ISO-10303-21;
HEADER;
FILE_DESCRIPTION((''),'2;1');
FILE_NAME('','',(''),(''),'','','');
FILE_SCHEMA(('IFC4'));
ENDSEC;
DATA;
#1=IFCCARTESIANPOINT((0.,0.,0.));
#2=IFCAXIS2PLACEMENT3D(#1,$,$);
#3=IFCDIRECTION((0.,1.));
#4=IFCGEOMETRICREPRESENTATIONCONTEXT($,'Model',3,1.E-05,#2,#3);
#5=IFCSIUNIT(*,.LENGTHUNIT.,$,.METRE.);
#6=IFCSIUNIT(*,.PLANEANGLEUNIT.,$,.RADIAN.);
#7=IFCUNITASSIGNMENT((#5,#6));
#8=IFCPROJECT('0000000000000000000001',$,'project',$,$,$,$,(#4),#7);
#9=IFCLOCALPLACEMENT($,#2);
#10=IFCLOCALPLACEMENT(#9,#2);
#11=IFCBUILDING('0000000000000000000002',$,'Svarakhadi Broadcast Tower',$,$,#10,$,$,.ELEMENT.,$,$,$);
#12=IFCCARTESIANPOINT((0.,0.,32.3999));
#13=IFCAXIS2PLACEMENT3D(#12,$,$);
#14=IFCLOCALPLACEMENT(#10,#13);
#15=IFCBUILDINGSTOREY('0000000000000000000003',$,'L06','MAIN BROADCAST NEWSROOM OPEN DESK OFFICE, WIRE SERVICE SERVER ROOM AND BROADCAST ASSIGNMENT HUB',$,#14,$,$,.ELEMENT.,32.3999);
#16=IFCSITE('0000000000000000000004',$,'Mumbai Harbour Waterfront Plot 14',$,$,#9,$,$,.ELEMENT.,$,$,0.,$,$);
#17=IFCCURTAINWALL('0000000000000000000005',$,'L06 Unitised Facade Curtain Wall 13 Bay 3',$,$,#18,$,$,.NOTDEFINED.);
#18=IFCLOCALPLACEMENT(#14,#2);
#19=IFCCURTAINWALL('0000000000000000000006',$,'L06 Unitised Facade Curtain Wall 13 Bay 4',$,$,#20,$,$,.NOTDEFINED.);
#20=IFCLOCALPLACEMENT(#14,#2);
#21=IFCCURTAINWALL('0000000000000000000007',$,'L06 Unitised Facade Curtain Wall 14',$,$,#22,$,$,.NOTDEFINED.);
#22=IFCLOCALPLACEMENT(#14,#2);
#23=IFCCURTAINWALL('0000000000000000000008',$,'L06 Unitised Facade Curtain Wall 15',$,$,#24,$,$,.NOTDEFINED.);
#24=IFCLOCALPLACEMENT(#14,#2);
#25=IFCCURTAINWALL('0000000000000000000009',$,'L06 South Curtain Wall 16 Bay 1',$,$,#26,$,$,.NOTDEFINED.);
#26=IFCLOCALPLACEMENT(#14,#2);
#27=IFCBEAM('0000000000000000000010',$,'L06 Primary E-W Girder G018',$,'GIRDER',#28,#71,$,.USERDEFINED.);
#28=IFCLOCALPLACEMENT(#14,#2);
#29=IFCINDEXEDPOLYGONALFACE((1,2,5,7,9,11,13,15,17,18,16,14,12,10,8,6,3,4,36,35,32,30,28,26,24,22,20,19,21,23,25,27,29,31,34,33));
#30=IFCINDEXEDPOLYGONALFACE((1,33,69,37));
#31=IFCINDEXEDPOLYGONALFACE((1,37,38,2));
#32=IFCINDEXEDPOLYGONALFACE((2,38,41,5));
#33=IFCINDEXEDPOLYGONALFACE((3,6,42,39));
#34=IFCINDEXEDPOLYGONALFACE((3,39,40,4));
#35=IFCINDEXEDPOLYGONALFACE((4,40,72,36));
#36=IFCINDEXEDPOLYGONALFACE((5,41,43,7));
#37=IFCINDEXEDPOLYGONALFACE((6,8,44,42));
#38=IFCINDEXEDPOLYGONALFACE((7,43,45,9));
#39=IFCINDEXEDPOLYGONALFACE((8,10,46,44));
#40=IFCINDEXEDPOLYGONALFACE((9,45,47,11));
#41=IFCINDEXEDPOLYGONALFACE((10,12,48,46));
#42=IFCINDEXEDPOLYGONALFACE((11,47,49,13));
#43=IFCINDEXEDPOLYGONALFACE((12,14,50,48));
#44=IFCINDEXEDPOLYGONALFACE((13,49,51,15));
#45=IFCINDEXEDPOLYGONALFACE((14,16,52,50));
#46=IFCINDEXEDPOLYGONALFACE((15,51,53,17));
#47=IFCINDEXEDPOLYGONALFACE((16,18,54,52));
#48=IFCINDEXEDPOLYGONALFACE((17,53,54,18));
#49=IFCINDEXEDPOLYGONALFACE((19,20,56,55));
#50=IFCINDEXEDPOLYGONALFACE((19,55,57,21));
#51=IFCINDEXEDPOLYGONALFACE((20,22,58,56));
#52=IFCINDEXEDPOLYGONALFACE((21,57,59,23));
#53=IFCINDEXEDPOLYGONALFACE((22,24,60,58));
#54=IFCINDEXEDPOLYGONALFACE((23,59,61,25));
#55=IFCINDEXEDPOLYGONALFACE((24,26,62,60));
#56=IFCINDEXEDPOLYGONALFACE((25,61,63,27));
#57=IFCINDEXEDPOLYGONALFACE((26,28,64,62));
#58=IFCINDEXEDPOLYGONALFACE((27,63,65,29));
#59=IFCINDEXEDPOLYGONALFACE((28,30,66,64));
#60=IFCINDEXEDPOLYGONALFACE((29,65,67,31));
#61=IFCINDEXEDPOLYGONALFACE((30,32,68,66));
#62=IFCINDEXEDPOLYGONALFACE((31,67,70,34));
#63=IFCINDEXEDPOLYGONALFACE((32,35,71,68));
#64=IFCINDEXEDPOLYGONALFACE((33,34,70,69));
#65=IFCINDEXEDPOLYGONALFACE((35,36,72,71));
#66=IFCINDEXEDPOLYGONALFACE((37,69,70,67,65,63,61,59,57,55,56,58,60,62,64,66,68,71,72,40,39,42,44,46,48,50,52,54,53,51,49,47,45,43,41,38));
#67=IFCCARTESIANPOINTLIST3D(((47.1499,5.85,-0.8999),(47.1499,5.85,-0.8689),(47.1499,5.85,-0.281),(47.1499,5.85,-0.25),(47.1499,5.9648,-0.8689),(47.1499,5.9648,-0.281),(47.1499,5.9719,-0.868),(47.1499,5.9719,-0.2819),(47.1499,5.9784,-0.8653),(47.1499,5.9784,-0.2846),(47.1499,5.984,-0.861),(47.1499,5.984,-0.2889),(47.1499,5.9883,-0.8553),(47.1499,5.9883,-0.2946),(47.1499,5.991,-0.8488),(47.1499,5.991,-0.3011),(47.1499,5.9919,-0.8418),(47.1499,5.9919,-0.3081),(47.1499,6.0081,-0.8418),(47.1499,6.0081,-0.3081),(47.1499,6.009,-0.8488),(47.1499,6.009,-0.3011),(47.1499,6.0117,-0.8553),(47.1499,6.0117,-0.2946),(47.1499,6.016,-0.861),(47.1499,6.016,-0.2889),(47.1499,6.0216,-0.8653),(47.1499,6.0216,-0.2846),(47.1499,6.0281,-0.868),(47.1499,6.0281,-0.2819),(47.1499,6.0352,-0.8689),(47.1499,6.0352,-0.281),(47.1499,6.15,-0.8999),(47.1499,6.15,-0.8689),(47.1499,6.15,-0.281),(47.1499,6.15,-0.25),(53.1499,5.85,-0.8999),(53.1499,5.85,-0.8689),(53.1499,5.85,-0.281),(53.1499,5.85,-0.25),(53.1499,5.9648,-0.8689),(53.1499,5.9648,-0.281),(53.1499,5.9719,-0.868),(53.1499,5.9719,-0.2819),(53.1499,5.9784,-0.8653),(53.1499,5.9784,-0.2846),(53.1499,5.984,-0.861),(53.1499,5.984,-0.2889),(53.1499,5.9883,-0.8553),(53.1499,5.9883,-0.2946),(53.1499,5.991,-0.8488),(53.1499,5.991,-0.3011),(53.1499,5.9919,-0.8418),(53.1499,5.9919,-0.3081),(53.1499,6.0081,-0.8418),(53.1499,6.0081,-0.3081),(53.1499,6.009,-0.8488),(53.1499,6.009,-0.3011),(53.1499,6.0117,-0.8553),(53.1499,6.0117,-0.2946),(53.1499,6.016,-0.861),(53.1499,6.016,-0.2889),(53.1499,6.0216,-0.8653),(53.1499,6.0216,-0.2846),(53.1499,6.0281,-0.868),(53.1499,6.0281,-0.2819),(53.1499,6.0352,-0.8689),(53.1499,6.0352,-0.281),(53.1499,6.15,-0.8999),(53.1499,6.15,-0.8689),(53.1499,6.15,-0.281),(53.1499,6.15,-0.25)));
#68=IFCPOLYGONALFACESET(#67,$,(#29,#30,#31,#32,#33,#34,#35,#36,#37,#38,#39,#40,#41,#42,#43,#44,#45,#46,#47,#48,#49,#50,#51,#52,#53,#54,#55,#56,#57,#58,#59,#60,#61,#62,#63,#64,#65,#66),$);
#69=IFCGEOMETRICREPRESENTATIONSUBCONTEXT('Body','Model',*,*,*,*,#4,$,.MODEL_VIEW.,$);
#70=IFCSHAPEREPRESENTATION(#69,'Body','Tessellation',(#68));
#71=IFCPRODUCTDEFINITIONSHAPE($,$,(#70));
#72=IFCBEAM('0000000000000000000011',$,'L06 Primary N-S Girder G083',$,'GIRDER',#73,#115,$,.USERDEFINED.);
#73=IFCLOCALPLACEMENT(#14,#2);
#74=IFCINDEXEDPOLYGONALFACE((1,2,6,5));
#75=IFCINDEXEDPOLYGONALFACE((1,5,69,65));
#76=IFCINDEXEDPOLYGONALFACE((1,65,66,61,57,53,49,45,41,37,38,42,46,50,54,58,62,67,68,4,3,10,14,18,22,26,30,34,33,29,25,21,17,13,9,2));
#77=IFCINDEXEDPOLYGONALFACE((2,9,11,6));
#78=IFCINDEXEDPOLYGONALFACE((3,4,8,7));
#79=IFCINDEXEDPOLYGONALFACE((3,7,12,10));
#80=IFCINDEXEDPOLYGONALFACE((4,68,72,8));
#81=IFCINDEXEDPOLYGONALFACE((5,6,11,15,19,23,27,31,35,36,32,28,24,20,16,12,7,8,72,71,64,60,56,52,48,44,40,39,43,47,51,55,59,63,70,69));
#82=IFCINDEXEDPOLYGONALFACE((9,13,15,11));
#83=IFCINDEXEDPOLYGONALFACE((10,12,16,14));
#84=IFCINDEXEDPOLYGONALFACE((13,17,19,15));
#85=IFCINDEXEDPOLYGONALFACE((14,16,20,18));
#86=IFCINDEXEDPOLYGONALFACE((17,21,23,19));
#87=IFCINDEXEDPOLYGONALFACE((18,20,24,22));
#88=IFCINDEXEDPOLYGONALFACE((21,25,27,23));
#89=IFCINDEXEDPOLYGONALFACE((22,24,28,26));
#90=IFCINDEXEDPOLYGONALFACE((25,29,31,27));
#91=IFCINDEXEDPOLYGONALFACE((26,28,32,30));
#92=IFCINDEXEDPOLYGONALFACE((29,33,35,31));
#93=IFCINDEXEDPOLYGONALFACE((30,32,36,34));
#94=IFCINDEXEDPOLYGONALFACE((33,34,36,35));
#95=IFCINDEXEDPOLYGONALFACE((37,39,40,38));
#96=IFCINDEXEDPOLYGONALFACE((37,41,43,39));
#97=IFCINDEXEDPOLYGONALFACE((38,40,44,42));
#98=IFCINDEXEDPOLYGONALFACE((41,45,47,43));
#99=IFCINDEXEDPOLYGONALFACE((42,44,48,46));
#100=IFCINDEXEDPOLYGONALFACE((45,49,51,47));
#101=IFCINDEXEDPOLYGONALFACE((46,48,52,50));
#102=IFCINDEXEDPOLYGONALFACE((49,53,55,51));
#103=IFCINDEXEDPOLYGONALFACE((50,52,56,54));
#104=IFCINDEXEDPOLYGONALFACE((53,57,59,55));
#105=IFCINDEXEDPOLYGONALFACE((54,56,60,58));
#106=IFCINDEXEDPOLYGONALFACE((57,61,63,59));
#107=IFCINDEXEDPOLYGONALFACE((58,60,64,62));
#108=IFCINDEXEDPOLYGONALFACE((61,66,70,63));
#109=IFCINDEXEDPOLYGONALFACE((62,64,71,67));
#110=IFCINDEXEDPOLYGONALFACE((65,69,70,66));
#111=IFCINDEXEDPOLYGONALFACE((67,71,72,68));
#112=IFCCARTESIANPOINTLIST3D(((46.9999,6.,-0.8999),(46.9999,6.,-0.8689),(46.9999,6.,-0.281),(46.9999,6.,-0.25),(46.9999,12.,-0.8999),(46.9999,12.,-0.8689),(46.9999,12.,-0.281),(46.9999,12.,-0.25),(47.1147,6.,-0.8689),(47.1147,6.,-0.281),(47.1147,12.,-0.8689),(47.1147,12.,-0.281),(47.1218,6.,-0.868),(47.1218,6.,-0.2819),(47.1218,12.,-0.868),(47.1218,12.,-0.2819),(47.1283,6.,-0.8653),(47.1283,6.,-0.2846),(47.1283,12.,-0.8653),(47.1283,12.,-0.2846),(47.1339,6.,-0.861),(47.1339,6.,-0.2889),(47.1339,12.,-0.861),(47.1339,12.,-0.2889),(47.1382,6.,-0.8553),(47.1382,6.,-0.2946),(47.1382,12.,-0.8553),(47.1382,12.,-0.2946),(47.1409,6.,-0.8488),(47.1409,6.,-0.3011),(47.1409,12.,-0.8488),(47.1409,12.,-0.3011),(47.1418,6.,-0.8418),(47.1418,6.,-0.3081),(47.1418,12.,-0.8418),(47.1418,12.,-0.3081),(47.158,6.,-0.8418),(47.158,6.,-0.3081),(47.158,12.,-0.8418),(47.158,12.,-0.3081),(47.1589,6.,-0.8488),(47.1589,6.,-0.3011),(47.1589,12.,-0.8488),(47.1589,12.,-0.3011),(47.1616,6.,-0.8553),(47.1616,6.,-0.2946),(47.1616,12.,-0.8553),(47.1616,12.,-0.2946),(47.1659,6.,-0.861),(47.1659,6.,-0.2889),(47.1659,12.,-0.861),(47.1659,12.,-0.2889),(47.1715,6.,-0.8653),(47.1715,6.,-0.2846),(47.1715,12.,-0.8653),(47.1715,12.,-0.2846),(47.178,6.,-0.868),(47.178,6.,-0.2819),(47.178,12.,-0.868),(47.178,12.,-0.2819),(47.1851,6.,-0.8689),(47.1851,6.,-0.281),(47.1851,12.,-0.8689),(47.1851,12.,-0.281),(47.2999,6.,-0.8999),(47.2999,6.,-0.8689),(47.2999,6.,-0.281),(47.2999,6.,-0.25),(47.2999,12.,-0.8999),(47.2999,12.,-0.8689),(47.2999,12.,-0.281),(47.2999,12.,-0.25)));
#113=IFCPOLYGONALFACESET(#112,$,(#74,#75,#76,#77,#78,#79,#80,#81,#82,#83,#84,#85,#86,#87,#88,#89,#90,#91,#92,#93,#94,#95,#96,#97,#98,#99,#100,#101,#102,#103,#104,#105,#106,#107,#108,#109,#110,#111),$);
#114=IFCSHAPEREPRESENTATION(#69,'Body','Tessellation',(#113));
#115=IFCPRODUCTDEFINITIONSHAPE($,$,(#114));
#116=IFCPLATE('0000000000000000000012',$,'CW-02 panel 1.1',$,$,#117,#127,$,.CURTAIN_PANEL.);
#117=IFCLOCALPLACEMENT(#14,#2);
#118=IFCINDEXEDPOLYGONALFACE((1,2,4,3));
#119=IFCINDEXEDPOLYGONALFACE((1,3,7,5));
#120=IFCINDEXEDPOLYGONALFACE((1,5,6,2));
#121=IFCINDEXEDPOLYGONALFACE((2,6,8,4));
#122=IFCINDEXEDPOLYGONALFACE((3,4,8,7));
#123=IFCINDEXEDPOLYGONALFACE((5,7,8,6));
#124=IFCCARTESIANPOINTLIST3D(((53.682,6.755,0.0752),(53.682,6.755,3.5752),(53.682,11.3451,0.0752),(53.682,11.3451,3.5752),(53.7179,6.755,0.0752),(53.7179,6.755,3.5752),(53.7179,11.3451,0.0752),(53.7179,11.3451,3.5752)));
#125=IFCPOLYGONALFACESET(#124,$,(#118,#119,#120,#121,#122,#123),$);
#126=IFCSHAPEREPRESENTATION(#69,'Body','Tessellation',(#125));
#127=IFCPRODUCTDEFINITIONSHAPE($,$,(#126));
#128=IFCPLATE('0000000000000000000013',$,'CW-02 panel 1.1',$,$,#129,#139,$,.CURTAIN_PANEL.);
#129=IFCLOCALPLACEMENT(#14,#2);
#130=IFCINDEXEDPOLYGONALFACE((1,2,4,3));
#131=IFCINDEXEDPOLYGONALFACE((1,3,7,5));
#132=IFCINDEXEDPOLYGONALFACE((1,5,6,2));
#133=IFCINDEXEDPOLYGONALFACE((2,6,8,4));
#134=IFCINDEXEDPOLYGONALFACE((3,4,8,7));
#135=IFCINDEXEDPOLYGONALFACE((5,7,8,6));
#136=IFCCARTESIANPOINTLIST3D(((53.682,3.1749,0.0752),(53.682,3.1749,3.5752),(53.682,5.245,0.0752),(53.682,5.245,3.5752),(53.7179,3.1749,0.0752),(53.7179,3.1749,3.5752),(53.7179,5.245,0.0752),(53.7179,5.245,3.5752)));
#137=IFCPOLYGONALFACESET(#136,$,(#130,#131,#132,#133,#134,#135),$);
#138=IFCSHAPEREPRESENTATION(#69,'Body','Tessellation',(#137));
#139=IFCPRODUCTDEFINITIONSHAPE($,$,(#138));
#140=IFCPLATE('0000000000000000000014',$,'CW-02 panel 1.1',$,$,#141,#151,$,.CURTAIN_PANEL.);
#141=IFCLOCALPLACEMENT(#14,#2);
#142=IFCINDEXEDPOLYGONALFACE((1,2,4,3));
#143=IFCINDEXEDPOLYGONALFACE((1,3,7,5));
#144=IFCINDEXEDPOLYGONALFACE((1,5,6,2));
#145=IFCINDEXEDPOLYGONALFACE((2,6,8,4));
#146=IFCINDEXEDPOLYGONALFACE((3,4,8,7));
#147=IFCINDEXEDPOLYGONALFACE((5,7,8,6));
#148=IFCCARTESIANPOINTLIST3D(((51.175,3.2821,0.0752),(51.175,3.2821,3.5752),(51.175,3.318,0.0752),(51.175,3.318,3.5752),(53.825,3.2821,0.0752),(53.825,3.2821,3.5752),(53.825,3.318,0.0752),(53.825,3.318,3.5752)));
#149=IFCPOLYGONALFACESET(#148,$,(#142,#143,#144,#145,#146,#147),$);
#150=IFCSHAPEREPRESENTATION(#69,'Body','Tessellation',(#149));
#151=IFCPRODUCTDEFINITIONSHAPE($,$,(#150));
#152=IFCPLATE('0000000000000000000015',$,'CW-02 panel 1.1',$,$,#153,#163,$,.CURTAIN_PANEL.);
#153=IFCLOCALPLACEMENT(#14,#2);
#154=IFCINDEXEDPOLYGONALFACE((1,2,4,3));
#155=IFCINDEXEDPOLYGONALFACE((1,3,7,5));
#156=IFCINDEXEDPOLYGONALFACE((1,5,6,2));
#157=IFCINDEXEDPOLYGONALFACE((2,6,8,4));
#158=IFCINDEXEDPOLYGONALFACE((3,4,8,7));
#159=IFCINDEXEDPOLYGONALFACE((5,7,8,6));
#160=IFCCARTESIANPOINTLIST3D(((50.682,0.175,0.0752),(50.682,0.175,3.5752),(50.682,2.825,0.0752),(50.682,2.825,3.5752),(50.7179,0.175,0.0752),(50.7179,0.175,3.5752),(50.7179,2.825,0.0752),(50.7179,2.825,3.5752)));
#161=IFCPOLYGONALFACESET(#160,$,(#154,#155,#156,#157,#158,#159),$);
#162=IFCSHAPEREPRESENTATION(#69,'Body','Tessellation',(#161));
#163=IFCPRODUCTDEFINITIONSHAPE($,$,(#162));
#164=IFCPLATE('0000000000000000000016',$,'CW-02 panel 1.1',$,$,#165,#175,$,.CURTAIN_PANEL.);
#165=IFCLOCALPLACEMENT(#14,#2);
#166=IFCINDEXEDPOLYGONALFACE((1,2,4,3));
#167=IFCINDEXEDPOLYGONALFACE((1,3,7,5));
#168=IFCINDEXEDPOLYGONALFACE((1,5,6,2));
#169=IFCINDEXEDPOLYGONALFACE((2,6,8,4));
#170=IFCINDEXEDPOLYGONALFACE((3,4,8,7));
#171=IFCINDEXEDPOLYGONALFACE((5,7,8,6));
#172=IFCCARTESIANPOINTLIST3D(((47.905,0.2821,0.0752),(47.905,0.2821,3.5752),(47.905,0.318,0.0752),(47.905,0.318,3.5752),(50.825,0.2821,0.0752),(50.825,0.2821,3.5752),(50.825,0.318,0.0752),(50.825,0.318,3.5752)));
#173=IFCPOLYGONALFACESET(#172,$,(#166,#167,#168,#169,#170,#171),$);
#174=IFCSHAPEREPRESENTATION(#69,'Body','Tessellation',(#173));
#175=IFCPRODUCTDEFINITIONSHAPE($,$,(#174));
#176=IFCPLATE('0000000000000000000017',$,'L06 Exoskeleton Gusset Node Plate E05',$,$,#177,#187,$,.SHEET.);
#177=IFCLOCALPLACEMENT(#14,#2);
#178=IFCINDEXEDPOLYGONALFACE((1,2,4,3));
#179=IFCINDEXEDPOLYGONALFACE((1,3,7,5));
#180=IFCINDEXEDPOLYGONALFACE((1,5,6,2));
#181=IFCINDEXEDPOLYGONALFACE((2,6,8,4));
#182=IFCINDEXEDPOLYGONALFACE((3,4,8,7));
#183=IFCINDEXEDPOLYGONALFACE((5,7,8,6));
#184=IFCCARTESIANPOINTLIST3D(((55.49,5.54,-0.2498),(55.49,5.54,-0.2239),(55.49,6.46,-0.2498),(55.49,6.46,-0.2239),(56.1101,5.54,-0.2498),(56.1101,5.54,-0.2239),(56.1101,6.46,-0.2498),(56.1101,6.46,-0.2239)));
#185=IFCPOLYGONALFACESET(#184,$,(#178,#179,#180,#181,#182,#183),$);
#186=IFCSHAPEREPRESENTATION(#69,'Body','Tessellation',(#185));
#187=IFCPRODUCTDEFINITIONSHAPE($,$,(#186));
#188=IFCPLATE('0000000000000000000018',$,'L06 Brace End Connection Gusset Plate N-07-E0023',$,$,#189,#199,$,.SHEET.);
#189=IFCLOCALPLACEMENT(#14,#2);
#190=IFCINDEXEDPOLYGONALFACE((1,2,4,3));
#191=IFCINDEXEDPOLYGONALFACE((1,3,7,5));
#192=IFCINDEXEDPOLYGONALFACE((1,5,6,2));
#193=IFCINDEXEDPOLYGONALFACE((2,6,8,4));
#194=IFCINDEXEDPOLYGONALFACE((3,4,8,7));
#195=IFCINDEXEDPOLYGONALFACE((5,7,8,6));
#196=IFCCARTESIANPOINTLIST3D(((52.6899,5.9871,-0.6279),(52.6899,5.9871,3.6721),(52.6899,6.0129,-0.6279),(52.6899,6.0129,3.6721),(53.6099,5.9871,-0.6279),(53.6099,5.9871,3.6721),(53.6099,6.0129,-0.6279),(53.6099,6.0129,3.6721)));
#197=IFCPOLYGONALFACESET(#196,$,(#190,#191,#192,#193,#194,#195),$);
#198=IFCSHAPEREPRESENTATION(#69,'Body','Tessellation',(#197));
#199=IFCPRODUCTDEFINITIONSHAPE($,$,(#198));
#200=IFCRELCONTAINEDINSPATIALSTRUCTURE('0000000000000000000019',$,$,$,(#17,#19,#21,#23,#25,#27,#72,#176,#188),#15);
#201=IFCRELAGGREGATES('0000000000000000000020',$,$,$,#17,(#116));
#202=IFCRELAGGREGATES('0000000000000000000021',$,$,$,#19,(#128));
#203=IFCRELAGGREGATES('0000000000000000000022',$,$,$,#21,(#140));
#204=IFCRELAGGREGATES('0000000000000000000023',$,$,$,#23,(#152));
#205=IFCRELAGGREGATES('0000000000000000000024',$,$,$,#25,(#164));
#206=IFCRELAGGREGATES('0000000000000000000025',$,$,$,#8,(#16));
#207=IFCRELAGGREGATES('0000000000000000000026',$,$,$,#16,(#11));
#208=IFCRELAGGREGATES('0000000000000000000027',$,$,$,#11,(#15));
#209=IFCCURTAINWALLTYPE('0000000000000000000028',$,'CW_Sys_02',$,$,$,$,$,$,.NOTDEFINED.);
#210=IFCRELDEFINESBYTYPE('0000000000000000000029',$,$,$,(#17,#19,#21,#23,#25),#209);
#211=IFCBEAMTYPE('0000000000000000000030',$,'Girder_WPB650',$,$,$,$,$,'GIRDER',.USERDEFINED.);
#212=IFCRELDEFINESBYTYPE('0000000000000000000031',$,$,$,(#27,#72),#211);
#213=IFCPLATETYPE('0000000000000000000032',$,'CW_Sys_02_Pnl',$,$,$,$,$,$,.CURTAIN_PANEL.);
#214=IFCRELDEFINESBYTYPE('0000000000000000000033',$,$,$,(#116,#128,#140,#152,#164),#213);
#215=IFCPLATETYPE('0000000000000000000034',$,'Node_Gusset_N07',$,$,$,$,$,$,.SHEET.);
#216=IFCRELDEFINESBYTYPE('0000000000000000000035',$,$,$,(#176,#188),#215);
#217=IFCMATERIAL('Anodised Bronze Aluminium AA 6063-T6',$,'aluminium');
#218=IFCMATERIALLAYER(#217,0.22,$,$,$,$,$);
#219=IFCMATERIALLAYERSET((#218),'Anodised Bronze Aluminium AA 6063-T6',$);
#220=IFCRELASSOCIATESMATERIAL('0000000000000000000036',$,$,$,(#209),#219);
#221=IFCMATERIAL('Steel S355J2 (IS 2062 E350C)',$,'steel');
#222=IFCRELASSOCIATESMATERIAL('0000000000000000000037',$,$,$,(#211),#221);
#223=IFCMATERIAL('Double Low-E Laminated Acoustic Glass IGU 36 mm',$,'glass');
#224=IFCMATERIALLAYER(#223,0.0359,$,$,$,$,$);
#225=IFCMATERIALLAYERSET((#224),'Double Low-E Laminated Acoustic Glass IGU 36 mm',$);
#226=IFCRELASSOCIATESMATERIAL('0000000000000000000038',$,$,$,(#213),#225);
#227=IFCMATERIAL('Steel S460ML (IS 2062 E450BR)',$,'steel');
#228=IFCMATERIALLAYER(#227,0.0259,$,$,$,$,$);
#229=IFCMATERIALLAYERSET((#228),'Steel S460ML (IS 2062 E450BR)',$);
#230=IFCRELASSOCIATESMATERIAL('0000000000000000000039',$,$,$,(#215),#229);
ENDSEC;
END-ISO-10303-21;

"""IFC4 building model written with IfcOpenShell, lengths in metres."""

from ifc_helpers import new_model, si_unit, direction, frame, origin, origin_2d, place, context, subcontext, project, spatial, rectangle, i_section, extrude, material, layer, layer_set, material_profile, profile_set, type_object, element, aggregate, save


model = new_model("IFC4")

# Units and contexts
model_context = context("Model", 3, precision=1e-05, world=origin(), true_north=direction((0.0, 1.0)))
body_context = subcontext(model_context, "Body", "Model", "MODEL_VIEW")
ifc_project = project(units=[si_unit("LENGTHUNIT", "METRE"), si_unit("PLANEANGLEUNIT", "RADIAN")], contexts=[model_context])

# Site, building, storey
site_placement = place(None, origin())
site = spatial("IfcSite", under=ifc_project, at=site_placement, Name="Mumbai Harbour Waterfront Plot 14", CompositionType="ELEMENT", RefElevation=0.0)
building_placement = place(site_placement, origin())
building = spatial("IfcBuilding", under=site, at=building_placement, Name="Svarakhadi Broadcast Tower", CompositionType="ELEMENT")
storey_placement = place(building_placement, frame((0.0, 0.0, 32.3999)))
storey = spatial("IfcBuildingStorey", under=building, at=storey_placement, Name="L06", Description="MAIN BROADCAST NEWSROOM OPEN DESK OFFICE, WIRE SERVICE SERVER ROOM AND BROADCAST ASSIGNMENT HUB", CompositionType="ELEMENT", Elevation=32.3999)

# Shared definitions
ifc_material_1 = material(Name="Steel S460ML (IS 2062 E450BR)", Category="steel")

# Curtain walls
ifc_material_2 = material(Name="Anodised Bronze Aluminium AA 6063-T6", Category="aluminium")
ifc_layer_1 = layer(ifc_material_2, 0.22)
ifc_layer_set_1 = layer_set([ifc_layer_1], Name="Anodised Bronze Aluminium AA 6063-T6")
curtain_wall_type = type_object("IfcCurtainWallType", Name="CW_Sys_02", PredefinedType="NOTDEFINED", material=ifc_layer_set_1)
curtain_wall_1_placement = place(storey_placement, origin())
curtain_wall_1 = element("IfcCurtainWall", 1, at=curtain_wall_1_placement, inside=storey, type_object=curtain_wall_type, Name="L06 Unitised Facade Curtain Wall 13 Bay 3", PredefinedType="NOTDEFINED")
curtain_wall_2_placement = place(storey_placement, origin())
curtain_wall_2 = element("IfcCurtainWall", 2, at=curtain_wall_2_placement, inside=storey, type_object=curtain_wall_type, Name="L06 Unitised Facade Curtain Wall 13 Bay 4", PredefinedType="NOTDEFINED")
curtain_wall_3_placement = place(storey_placement, origin())
curtain_wall_3 = element("IfcCurtainWall", 3, at=curtain_wall_3_placement, inside=storey, type_object=curtain_wall_type, Name="L06 Unitised Facade Curtain Wall 14", PredefinedType="NOTDEFINED")
curtain_wall_4_placement = place(storey_placement, origin())
curtain_wall_4 = element("IfcCurtainWall", 4, at=curtain_wall_4_placement, inside=storey, type_object=curtain_wall_type, Name="L06 Unitised Facade Curtain Wall 15", PredefinedType="NOTDEFINED")
curtain_wall_5_placement = place(storey_placement, origin())
curtain_wall_5 = element("IfcCurtainWall", 5, at=curtain_wall_5_placement, inside=storey, type_object=curtain_wall_type, Name="L06 South Curtain Wall 16 Bay 1", PredefinedType="NOTDEFINED")

# Beams
ifc_material_3 = material(Name="Steel S355J2 (IS 2062 E350C)", Category="steel")
ifc_material_profile_1 = material_profile(ifc_material_3, i_section(OverallWidth=0.3, OverallDepth=0.6499, WebThickness=0.0161, FlangeThickness=0.031, FilletRadius=0.0271, at=origin_2d()), Name="WPB 650x300x225")
ifc_profile_set_1 = profile_set([ifc_material_profile_1], Name="Steel S355J2 (IS 2062 E350C)")
beam_type = type_object("IfcBeamType", Name="Girder_WPB650", ElementType="GIRDER", PredefinedType="USERDEFINED", material=ifc_profile_set_1)
for number, where, z_axis, x_axis, name in (
    (6, (47.1499, 6.0, -0.575), (1.0, 0.0, 0.0), (0.0, 1.0, 0.0), "L06 Primary E-W Girder G018"),
    (7, (47.1499, 6.0, -0.575), (0.0, 1.0, 0.0), (-1.0, 0.0, 0.0), "L06 Primary N-S Girder G083"),
):
    element("IfcBeam", number, at=place(storey_placement, frame(where, z_axis=z_axis, x_axis=x_axis)), inside=storey, type_object=beam_type, Name=name, ObjectType="GIRDER", PredefinedType="USERDEFINED", context=body_context, shape_type="SweptSolid", body=[
        extrude(i_section(OverallWidth=0.3, OverallDepth=0.6499, WebThickness=0.0161, FlangeThickness=0.031, FilletRadius=0.0271, at=origin_2d()), origin(), (0.0, 0.0, 1.0), 6.0),
    ])

# Plates
ifc_material_4 = material(Name="Double Low-E Laminated Acoustic Glass IGU 36 mm", Category="glass")
ifc_layer_2 = layer(ifc_material_4, 0.0359)
ifc_layer_set_2 = layer_set([ifc_layer_2], Name="Double Low-E Laminated Acoustic Glass IGU 36 mm")
plate_type_1 = type_object("IfcPlateType", Name="CW_Sys_02_Pnl", PredefinedType="CURTAIN_PANEL", material=ifc_layer_set_2)
plate_1_placement = place(storey_placement, frame((53.7, 9.05, 0.0752), z_axis=(0.0, 0.0, 1.0), x_axis=(0.0, -1.0, 0.0)))
plate_1 = element("IfcPlate", 8, at=plate_1_placement, type_object=plate_type_1, Name="CW-02 panel 1.1", PredefinedType="CURTAIN_PANEL", context=body_context, shape_type="SweptSolid", body=[
    extrude(rectangle(XDim=4.5901, YDim=0.0359, at=origin_2d()), origin(), (0.0, 0.0, 1.0), 3.5),
])
aggregate(curtain_wall_1, [plate_1])
plate_2_placement = place(storey_placement, frame((53.7, 4.21, 0.0752), z_axis=(0.0, 0.0, 1.0), x_axis=(0.0, -1.0, 0.0)))
plate_2 = element("IfcPlate", 9, at=plate_2_placement, type_object=plate_type_1, Name="CW-02 panel 1.1", PredefinedType="CURTAIN_PANEL", context=body_context, shape_type="SweptSolid", body=[
    extrude(rectangle(XDim=2.0701, YDim=0.0359, at=origin_2d()), origin(), (0.0, 0.0, 1.0), 3.5),
])
aggregate(curtain_wall_2, [plate_2])
plate_3_placement = place(storey_placement, frame((52.5, 3.3, 0.0752), z_axis=(0.0, 0.0, 1.0), x_axis=(-1.0, 0.0, 0.0)))
plate_3 = element("IfcPlate", 10, at=plate_3_placement, type_object=plate_type_1, Name="CW-02 panel 1.1", PredefinedType="CURTAIN_PANEL", context=body_context, shape_type="SweptSolid", body=[
    extrude(rectangle(XDim=2.6499, YDim=0.0359, at=origin_2d()), origin(), (0.0, 0.0, 1.0), 3.5),
])
aggregate(curtain_wall_3, [plate_3])
plate_4_placement = place(storey_placement, frame((50.7, 1.5, 0.0752), z_axis=(0.0, 0.0, 1.0), x_axis=(0.0, -1.0, 0.0)))
plate_4 = element("IfcPlate", 11, at=plate_4_placement, type_object=plate_type_1, Name="CW-02 panel 1.1", PredefinedType="CURTAIN_PANEL", context=body_context, shape_type="SweptSolid", body=[
    extrude(rectangle(XDim=2.6499, YDim=0.0359, at=origin_2d()), origin(), (0.0, 0.0, 1.0), 3.5),
])
aggregate(curtain_wall_4, [plate_4])
plate_5_placement = place(storey_placement, frame((49.365, 0.3, 0.0752), z_axis=(0.0, 0.0, 1.0), x_axis=(-1.0, 0.0, 0.0)))
plate_5 = element("IfcPlate", 12, at=plate_5_placement, type_object=plate_type_1, Name="CW-02 panel 1.1", PredefinedType="CURTAIN_PANEL", context=body_context, shape_type="SweptSolid", body=[
    extrude(rectangle(XDim=2.9199, YDim=0.0359, at=origin_2d()), origin(), (0.0, 0.0, 1.0), 3.5),
])
aggregate(curtain_wall_5, [plate_5])

# Plates
ifc_layer_3 = layer(ifc_material_1, 0.0259)
ifc_layer_set_3 = layer_set([ifc_layer_3], Name="Steel S460ML (IS 2062 E450BR)")
plate_type_2 = type_object("IfcPlateType", Name="Node_Gusset_N07", PredefinedType="SHEET", material=ifc_layer_set_3)
plate_6_placement = place(storey_placement, frame((55.8, 6.0, -0.2498), z_axis=(0.0, 0.0, 1.0), x_axis=(0.0, 1.0, 0.0)))
element("IfcPlate", 13, at=plate_6_placement, inside=storey, type_object=plate_type_2, Name="L06 Exoskeleton Gusset Node Plate E05", PredefinedType="SHEET", context=body_context, shape_type="SweptSolid", body=[
    extrude(rectangle(XDim=0.9199, YDim=0.6201, at=origin_2d()), origin(), (0.0, 0.0, 1.0), 0.0259),
])
plate_7_placement = place(storey_placement, frame((53.1499, 6.0, -0.6279), z_axis=(0.0, 0.0, 1.0), x_axis=(1.0, 0.0, 0.0)))
element("IfcPlate", 14, at=plate_7_placement, inside=storey, type_object=plate_type_2, Name="L06 Brace End Connection Gusset Plate N-07-E0023", PredefinedType="SHEET", context=body_context, shape_type="SweptSolid", body=[
    extrude(rectangle(XDim=0.9199, YDim=0.0259, at=origin_2d()), origin(), (0.0, 0.0, 1.0), 4.3),
])

save(model, "model.ifc")
